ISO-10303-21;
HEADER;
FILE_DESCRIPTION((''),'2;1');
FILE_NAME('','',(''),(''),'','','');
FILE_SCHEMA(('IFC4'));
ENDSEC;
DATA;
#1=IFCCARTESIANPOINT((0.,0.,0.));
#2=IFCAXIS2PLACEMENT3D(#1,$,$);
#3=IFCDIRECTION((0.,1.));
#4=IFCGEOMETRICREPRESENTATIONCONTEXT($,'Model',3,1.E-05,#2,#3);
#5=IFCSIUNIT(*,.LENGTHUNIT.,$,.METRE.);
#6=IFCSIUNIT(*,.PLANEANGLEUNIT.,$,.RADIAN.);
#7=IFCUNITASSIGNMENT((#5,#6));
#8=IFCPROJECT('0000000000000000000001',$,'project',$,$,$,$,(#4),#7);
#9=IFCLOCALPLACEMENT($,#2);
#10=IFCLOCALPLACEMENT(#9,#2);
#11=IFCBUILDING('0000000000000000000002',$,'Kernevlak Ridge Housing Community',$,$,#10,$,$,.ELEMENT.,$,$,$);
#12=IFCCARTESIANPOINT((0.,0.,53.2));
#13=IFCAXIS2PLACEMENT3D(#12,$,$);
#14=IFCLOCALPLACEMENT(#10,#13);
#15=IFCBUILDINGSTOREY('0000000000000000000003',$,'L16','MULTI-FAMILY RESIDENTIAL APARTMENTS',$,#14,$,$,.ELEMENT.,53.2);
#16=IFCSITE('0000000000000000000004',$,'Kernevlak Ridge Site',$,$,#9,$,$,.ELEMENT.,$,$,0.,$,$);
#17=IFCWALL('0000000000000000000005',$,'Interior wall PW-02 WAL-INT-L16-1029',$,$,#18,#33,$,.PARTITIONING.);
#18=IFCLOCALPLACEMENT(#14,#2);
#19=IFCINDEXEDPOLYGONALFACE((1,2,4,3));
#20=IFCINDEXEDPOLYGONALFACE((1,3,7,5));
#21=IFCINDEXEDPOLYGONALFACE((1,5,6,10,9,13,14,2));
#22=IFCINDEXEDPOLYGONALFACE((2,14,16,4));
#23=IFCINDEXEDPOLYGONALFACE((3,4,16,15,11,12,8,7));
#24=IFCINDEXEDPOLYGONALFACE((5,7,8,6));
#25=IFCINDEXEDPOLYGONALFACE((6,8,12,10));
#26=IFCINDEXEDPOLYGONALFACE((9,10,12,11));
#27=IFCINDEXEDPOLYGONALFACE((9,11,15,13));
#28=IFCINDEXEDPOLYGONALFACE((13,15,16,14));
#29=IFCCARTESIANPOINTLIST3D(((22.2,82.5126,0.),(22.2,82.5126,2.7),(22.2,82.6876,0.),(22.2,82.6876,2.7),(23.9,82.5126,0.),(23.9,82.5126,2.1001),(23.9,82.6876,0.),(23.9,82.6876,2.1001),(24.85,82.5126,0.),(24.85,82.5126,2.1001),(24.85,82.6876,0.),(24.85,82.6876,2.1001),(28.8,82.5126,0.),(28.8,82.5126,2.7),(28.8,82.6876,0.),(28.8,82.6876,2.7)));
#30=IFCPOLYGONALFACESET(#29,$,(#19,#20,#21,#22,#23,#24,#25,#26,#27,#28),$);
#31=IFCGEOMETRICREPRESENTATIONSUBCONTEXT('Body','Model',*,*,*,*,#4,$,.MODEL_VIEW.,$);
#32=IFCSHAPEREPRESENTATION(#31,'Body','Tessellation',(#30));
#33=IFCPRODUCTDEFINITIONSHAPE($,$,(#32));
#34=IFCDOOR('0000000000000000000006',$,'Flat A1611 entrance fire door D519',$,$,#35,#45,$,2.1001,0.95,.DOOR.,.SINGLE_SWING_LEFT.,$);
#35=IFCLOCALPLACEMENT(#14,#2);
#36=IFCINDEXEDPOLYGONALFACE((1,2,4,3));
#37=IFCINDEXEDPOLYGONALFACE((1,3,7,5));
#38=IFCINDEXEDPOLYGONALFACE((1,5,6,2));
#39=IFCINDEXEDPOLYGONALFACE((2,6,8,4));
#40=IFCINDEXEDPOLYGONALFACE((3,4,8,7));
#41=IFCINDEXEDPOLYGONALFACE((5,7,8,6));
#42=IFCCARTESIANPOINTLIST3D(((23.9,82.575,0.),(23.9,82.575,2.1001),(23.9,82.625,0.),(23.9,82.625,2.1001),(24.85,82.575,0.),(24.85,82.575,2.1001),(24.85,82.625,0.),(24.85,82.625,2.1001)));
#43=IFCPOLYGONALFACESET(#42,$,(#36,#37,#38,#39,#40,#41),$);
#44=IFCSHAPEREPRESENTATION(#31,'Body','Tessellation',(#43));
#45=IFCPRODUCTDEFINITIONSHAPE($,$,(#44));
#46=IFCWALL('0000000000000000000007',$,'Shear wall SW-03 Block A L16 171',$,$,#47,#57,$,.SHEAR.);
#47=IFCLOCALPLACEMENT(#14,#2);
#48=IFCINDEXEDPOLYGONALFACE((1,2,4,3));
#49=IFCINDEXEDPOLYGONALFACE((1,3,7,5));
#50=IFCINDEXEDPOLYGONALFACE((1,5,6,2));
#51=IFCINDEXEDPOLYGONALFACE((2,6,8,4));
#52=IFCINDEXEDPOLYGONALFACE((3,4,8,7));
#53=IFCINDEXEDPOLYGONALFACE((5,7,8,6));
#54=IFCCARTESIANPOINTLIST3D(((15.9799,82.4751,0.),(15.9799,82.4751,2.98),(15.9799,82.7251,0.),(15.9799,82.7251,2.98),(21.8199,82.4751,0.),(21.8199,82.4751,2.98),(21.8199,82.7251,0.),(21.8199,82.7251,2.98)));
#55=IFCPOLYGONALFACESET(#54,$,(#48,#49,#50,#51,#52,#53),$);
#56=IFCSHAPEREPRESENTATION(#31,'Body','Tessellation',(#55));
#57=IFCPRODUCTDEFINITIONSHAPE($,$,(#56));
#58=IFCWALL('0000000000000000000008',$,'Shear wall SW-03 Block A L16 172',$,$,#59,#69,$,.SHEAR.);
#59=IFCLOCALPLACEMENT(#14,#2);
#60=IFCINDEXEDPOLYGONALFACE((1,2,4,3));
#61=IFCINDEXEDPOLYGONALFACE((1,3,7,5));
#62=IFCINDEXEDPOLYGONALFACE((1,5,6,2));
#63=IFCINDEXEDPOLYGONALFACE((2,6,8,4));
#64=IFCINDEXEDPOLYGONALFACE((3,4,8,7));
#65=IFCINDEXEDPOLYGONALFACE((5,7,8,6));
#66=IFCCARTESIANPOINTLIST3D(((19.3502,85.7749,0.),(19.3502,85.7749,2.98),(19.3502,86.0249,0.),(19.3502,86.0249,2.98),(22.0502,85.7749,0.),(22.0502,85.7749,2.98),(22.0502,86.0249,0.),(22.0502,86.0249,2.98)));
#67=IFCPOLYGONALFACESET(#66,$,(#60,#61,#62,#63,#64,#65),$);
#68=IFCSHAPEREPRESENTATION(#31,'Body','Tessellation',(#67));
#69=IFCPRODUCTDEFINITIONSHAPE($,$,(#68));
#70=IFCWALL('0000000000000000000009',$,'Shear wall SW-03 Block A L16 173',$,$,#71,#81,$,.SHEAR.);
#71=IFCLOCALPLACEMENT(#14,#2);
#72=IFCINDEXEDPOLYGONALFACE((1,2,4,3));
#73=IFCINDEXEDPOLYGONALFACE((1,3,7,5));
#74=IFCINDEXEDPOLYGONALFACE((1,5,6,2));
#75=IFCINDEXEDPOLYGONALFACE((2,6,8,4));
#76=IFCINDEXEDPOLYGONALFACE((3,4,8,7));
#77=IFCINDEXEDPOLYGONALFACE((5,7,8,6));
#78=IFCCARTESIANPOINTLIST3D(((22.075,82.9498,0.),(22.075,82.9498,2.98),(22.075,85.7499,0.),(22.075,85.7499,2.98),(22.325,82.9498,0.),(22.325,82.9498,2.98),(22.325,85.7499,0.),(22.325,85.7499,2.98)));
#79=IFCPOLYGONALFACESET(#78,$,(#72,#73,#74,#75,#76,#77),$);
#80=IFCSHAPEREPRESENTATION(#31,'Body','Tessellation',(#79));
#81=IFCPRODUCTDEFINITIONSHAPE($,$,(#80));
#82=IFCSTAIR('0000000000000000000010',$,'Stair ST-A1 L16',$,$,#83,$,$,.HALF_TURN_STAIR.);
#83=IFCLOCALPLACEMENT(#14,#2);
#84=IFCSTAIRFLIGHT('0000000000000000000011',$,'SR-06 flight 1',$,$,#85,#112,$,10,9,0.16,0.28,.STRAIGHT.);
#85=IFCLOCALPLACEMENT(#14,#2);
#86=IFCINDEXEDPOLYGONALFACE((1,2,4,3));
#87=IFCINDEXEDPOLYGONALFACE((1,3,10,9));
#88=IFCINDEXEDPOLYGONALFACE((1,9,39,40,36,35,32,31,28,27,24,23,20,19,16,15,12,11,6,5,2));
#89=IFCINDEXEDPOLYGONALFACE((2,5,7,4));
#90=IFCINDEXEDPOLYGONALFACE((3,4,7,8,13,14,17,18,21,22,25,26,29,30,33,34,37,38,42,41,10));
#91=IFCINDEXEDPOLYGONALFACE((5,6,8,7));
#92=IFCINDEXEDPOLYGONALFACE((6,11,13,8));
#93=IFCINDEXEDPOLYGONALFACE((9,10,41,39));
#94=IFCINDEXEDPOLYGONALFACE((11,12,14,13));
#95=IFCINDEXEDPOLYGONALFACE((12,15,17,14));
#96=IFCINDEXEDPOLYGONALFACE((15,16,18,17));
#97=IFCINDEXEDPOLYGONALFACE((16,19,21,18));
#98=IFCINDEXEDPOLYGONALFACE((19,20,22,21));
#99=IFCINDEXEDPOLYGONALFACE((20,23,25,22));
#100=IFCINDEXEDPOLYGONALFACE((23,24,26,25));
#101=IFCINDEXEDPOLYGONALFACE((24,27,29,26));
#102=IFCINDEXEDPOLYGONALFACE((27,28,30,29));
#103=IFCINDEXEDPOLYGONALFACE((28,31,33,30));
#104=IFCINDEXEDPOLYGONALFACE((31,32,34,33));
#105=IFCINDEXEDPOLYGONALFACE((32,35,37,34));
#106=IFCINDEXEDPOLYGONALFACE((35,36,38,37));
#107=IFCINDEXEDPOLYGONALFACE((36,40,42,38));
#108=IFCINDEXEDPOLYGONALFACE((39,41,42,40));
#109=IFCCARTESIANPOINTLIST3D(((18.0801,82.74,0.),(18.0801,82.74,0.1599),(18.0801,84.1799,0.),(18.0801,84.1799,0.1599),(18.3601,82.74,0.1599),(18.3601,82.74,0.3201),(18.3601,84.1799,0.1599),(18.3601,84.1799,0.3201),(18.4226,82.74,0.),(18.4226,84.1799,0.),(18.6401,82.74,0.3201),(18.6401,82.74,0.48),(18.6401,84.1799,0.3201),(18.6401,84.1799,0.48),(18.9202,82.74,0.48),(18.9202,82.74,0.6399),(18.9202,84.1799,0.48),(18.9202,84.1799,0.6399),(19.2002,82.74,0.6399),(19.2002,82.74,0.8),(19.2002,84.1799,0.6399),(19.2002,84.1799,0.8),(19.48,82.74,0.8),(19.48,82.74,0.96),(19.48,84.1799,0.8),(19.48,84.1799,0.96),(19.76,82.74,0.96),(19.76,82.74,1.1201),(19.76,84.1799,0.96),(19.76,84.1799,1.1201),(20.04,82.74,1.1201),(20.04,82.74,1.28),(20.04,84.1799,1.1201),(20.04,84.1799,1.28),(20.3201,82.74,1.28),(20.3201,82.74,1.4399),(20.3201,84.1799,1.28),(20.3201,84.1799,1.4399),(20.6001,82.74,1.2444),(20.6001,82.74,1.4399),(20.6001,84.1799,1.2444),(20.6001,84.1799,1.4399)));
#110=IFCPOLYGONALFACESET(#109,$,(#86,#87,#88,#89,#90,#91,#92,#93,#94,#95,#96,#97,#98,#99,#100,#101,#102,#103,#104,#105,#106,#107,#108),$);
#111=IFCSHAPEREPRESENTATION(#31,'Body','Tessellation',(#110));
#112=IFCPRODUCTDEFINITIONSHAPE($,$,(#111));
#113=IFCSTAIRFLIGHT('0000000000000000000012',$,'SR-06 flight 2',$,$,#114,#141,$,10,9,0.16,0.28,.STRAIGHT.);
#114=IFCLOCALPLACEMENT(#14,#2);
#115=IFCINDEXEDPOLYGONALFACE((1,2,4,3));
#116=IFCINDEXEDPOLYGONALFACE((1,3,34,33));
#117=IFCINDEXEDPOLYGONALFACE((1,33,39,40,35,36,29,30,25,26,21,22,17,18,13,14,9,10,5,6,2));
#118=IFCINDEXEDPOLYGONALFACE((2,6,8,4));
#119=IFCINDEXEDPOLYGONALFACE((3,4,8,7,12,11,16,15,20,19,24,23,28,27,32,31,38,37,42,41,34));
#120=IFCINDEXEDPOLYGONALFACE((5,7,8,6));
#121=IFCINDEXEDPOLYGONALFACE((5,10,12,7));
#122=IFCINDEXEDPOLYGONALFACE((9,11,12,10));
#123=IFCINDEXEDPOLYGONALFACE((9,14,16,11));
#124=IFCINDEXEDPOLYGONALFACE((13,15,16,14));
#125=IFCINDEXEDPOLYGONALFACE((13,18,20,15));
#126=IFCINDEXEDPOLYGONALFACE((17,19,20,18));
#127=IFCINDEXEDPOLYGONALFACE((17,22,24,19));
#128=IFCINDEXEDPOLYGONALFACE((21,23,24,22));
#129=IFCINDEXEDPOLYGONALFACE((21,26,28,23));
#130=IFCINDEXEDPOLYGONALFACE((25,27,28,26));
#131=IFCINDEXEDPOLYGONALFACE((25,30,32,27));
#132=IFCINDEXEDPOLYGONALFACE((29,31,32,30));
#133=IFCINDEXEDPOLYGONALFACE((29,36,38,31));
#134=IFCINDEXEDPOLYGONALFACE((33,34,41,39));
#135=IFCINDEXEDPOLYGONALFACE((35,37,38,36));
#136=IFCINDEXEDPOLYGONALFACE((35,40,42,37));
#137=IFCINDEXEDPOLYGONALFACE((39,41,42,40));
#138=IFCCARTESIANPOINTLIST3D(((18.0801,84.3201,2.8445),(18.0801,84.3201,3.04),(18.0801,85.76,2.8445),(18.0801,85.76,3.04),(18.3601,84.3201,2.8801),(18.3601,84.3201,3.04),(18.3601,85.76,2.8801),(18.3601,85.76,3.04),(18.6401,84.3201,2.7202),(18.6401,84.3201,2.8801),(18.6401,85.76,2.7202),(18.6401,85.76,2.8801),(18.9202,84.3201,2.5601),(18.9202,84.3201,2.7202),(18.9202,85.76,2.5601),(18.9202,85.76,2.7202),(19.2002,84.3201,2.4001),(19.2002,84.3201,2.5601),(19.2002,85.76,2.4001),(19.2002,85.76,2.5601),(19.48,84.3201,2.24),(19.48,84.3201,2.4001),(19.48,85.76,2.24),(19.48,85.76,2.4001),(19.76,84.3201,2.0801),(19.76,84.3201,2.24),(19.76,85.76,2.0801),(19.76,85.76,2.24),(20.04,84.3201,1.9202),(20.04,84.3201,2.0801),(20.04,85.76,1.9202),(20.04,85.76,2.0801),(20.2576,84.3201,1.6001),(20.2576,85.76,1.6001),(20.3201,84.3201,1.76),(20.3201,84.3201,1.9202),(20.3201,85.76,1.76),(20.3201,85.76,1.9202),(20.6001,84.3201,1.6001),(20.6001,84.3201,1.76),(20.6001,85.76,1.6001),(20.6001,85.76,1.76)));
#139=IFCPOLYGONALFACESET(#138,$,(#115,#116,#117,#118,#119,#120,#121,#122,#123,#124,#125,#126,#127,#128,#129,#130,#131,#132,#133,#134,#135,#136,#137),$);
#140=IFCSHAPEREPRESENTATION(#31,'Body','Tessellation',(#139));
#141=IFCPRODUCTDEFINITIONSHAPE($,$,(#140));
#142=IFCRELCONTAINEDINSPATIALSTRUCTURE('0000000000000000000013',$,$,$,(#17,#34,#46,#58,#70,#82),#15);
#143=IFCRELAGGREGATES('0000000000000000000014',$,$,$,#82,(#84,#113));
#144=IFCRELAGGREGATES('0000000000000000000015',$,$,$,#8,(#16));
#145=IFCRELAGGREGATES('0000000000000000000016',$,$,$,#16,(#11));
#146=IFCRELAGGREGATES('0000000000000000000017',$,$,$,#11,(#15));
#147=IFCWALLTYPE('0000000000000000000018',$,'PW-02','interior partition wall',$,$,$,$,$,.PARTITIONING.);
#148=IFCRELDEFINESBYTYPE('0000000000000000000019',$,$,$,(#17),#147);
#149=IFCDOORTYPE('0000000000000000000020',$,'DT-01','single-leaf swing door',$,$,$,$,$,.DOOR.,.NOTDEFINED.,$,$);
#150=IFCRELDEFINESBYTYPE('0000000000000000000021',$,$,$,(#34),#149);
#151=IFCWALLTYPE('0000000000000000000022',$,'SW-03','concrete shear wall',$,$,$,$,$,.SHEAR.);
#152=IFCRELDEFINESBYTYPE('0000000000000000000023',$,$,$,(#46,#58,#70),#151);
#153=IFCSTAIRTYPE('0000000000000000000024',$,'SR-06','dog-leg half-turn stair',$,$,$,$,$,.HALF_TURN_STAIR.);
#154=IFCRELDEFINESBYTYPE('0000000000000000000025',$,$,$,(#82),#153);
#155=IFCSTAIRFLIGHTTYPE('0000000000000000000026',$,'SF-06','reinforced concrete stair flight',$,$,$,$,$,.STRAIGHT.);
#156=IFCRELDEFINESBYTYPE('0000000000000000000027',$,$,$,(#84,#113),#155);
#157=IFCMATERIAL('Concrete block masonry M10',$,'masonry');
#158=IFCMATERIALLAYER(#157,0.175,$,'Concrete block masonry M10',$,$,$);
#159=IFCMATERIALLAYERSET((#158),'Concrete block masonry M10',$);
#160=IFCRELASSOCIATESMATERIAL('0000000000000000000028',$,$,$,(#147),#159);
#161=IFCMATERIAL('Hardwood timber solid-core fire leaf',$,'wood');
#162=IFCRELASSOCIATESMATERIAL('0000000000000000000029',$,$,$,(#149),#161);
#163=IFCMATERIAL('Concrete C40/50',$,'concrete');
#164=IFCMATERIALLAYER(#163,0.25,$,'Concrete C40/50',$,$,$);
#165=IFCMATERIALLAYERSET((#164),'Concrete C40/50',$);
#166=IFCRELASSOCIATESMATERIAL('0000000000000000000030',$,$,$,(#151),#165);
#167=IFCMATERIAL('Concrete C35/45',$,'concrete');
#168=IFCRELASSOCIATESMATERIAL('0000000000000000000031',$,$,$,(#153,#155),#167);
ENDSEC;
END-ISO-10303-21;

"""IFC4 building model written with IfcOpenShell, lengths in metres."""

from ifc_helpers import new_model, si_unit, direction, frame, frame_2d, origin, place, context, subcontext, project, spatial, polyline, rectangle, outline, extrude, material, layer, layer_set, type_object, element, fill, aggregate, save


model = new_model("IFC4")

# Units and contexts
model_context = context("Model", 3, precision=1e-05, world=origin(), true_north=direction((0.0, 1.0)))
body_context = subcontext(model_context, "Body", "Model", "MODEL_VIEW")
ifc_project = project(units=[si_unit("LENGTHUNIT", "METRE"), si_unit("PLANEANGLEUNIT", "RADIAN")], contexts=[model_context])

# Site, building, storey
site_placement = place(None, origin())
site = spatial("IfcSite", under=ifc_project, at=site_placement, Name="Kernevlak Ridge Site", CompositionType="ELEMENT", RefElevation=0.0)
building_placement = place(site_placement, origin())
building = spatial("IfcBuilding", under=site, at=building_placement, Name="Kernevlak Ridge Housing Community", CompositionType="ELEMENT")
storey_placement = place(building_placement, frame((0.0, 0.0, 53.2)))
storey = spatial("IfcBuildingStorey", under=building, at=storey_placement, Name="L16", Description="MULTI-FAMILY RESIDENTIAL APARTMENTS", CompositionType="ELEMENT", Elevation=53.2)

# Shared definitions
ifc_material_1 = material(Name="Concrete C35/45", Category="concrete")

# Wall, opening, door
ifc_material_2 = material(Name="Concrete block masonry M10", Category="masonry")
ifc_layer_1 = layer(ifc_material_2, 0.175, Name="Concrete block masonry M10")
ifc_layer_set_1 = layer_set([ifc_layer_1], Name="Concrete block masonry M10")
wall_type_1 = type_object("IfcWallType", Name="PW-02", Description="interior partition wall", PredefinedType="PARTITIONING", material=ifc_layer_set_1)
wall_1_placement = place(storey_placement, frame((22.2, 82.6001, 0.0), z_axis=(0.0, 0.0, 1.0), x_axis=(1.0, 0.0, 0.0)))
wall_1 = element("IfcWall", 1, at=wall_1_placement, inside=storey, type_object=wall_type_1, Name="Interior wall PW-02 WAL-INT-L16-1029", PredefinedType="PARTITIONING", context=body_context, shape_type="SweptSolid", body=[
    extrude(rectangle(XDim=6.6001, YDim=0.175, at=frame_2d((3.3, 0.0))), origin(), (0.0, 0.0, 1.0), 2.7),
])
opening_1_placement = place(wall_1_placement, frame((1.7, 0.0, 0.0)))
opening_1 = element("IfcOpeningElement", 2, at=opening_1_placement, cuts=wall_1, PredefinedType="OPENING", context=body_context, shape_type="SweptSolid", body=[
    extrude(rectangle(XDim=0.95, YDim=2.1001, at=frame_2d((0.4751, 1.05))), frame((0.0, 0.0974, 0.0), z_axis=(0.0, -1.0, 0.0), x_axis=(1.0, 0.0, 0.0)), (0.0, 0.0, 1.0), 0.1951),
])
ifc_material_3 = material(Name="Hardwood timber solid-core fire leaf", Category="wood")
door_type_1 = type_object("IfcDoorType", Name="DT-01", Description="single-leaf swing door", OperationType="NOTDEFINED", PredefinedType="DOOR", material=ifc_material_3)
door_1_placement = place(opening_1_placement, origin())
door_1 = element("IfcDoor", 3, at=door_1_placement, inside=storey, type_object=door_type_1, Name="Flat A1611 entrance fire door D519", OperationType="SINGLE_SWING_LEFT", OverallHeight=2.1001, OverallWidth=0.95, PredefinedType="DOOR", context=body_context, shape_type="SweptSolid", body=[
    extrude(rectangle(XDim=0.95, YDim=2.1001, at=frame_2d((0.4751, 1.05))), frame((0.0, 0.0249, 0.0), z_axis=(0.0, -1.0, 0.0), x_axis=(1.0, 0.0, 0.0)), (0.0, 0.0, 1.0), 0.05),
])
fill(opening_1, door_1)

# Walls
ifc_material_4 = material(Name="Concrete C40/50", Category="concrete")
ifc_layer_2 = layer(ifc_material_4, 0.25, Name="Concrete C40/50")
ifc_layer_set_2 = layer_set([ifc_layer_2], Name="Concrete C40/50")
wall_type_2 = type_object("IfcWallType", Name="SW-03", Description="concrete shear wall", PredefinedType="SHEAR", material=ifc_layer_set_2)
wall_2_placement = place(storey_placement, frame((15.98, 82.6001, 0.0), z_axis=(0.0, 0.0, 1.0), x_axis=(1.0, 0.0, 0.0)))
element("IfcWall", 4, at=wall_2_placement, inside=storey, type_object=wall_type_2, Name="Shear wall SW-03 Block A L16 171", PredefinedType="SHEAR", context=body_context, shape_type="SweptSolid", body=[
    extrude(rectangle(XDim=5.8401, YDim=0.25, at=frame_2d((2.9199, 0.0))), origin(), (0.0, 0.0, 1.0), 2.98),
])
wall_3_placement = place(storey_placement, frame((19.3501, 85.8999, 0.0), z_axis=(0.0, 0.0, 1.0), x_axis=(1.0, 0.0, 0.0)))
element("IfcWall", 5, at=wall_3_placement, inside=storey, type_object=wall_type_2, Name="Shear wall SW-03 Block A L16 172", PredefinedType="SHEAR", context=body_context, shape_type="SweptSolid", body=[
    extrude(rectangle(XDim=2.7, YDim=0.25, at=frame_2d((1.3501, 0.0))), origin(), (0.0, 0.0, 1.0), 2.98),
])
wall_4_placement = place(storey_placement, frame((22.2, 82.95, 0.0), z_axis=(0.0, 0.0, 1.0), x_axis=(0.0, 1.0, 0.0)))
element("IfcWall", 6, at=wall_4_placement, inside=storey, type_object=wall_type_2, Name="Shear wall SW-03 Block A L16 173", PredefinedType="SHEAR", context=body_context, shape_type="SweptSolid", body=[
    extrude(rectangle(XDim=2.8, YDim=0.25, at=frame_2d((1.3999, 0.0))), origin(), (0.0, 0.0, 1.0), 2.98),
])

# Stair, stair flights
stair_type = type_object("IfcStairType", Name="SR-06", Description="dog-leg half-turn stair", PredefinedType="HALF_TURN_STAIR", material=ifc_material_1)
stair_placement = place(storey_placement, origin())
stair = element("IfcStair", 7, at=stair_placement, inside=storey, type_object=stair_type, Name="Stair ST-A1 L16", PredefinedType="HALF_TURN_STAIR")
stair_flight_type = type_object("IfcStairFlightType", Name="SF-06", Description="reinforced concrete stair flight", PredefinedType="STRAIGHT", material=ifc_material_1)
stair_flight_1_placement = place(storey_placement, frame((18.0801, 83.46, 0.0), z_axis=(0.0, 0.0, 1.0), x_axis=(1.0, 0.0, 0.0)))
stair_flight_1 = element("IfcStairFlight", 8, at=stair_flight_1_placement, type_object=stair_flight_type, Name="SR-06 flight 1", NumberOfRisers=10, NumberOfTreads=9, PredefinedType="STRAIGHT", RiserHeight=0.16, TreadLength=0.28, context=body_context, shape_type="SweptSolid", body=[
    extrude(outline(polyline([(0.0, 0.0), (0.0, 0.1599), (0.28, 0.1599), (0.28, 0.3201), (0.5601, 0.3201), (0.5601, 0.48), (0.8401, 0.48), (0.8401, 0.6399), (1.1201, 0.6399), (1.1201, 0.8), (1.3999, 0.8), (1.3999, 0.96), (1.6799, 0.96), (1.6799, 1.1201), (1.96, 1.1201), (1.96, 1.28), (2.24, 1.28), (2.24, 1.4399), (2.52, 1.4399), (2.52, 1.6001), (2.52, 1.2444), (0.3425, 0.0), (0.0, 0.0)])), frame((0.0, 0.72, 0.0), z_axis=(0.0, -1.0, 0.0), x_axis=(1.0, 0.0, 0.0)), (0.0, 0.0, 1.0), 1.4399),
])
stair_flight_2_placement = place(storey_placement, frame((20.6001, 85.04, 1.6001), z_axis=(0.0, 0.0, 1.0), x_axis=(-1.0, 0.0, 0.0)))
stair_flight_2 = element("IfcStairFlight", 9, at=stair_flight_2_placement, type_object=stair_flight_type, Name="SR-06 flight 2", NumberOfRisers=10, NumberOfTreads=9, PredefinedType="STRAIGHT", RiserHeight=0.16, TreadLength=0.28, context=body_context, shape_type="SweptSolid", body=[
    extrude(outline(polyline([(0.0, 0.0), (0.0, 0.1599), (0.28, 0.1599), (0.28, 0.3201), (0.5601, 0.3201), (0.5601, 0.48), (0.8401, 0.48), (0.8401, 0.6399), (1.1201, 0.6399), (1.1201, 0.8), (1.3999, 0.8), (1.3999, 0.96), (1.6799, 0.96), (1.6799, 1.1201), (1.96, 1.1201), (1.96, 1.28), (2.24, 1.28), (2.24, 1.4399), (2.52, 1.4399), (2.52, 1.6001), (2.52, 1.2444), (0.3425, 0.0), (0.0, 0.0)])), frame((0.0, 0.72, 0.0), z_axis=(0.0, -1.0, 0.0), x_axis=(1.0, 0.0, 0.0)), (0.0, 0.0, 1.0), 1.4399),
])
aggregate(stair, [stair_flight_1, stair_flight_2])

save(model, "model.ifc")
